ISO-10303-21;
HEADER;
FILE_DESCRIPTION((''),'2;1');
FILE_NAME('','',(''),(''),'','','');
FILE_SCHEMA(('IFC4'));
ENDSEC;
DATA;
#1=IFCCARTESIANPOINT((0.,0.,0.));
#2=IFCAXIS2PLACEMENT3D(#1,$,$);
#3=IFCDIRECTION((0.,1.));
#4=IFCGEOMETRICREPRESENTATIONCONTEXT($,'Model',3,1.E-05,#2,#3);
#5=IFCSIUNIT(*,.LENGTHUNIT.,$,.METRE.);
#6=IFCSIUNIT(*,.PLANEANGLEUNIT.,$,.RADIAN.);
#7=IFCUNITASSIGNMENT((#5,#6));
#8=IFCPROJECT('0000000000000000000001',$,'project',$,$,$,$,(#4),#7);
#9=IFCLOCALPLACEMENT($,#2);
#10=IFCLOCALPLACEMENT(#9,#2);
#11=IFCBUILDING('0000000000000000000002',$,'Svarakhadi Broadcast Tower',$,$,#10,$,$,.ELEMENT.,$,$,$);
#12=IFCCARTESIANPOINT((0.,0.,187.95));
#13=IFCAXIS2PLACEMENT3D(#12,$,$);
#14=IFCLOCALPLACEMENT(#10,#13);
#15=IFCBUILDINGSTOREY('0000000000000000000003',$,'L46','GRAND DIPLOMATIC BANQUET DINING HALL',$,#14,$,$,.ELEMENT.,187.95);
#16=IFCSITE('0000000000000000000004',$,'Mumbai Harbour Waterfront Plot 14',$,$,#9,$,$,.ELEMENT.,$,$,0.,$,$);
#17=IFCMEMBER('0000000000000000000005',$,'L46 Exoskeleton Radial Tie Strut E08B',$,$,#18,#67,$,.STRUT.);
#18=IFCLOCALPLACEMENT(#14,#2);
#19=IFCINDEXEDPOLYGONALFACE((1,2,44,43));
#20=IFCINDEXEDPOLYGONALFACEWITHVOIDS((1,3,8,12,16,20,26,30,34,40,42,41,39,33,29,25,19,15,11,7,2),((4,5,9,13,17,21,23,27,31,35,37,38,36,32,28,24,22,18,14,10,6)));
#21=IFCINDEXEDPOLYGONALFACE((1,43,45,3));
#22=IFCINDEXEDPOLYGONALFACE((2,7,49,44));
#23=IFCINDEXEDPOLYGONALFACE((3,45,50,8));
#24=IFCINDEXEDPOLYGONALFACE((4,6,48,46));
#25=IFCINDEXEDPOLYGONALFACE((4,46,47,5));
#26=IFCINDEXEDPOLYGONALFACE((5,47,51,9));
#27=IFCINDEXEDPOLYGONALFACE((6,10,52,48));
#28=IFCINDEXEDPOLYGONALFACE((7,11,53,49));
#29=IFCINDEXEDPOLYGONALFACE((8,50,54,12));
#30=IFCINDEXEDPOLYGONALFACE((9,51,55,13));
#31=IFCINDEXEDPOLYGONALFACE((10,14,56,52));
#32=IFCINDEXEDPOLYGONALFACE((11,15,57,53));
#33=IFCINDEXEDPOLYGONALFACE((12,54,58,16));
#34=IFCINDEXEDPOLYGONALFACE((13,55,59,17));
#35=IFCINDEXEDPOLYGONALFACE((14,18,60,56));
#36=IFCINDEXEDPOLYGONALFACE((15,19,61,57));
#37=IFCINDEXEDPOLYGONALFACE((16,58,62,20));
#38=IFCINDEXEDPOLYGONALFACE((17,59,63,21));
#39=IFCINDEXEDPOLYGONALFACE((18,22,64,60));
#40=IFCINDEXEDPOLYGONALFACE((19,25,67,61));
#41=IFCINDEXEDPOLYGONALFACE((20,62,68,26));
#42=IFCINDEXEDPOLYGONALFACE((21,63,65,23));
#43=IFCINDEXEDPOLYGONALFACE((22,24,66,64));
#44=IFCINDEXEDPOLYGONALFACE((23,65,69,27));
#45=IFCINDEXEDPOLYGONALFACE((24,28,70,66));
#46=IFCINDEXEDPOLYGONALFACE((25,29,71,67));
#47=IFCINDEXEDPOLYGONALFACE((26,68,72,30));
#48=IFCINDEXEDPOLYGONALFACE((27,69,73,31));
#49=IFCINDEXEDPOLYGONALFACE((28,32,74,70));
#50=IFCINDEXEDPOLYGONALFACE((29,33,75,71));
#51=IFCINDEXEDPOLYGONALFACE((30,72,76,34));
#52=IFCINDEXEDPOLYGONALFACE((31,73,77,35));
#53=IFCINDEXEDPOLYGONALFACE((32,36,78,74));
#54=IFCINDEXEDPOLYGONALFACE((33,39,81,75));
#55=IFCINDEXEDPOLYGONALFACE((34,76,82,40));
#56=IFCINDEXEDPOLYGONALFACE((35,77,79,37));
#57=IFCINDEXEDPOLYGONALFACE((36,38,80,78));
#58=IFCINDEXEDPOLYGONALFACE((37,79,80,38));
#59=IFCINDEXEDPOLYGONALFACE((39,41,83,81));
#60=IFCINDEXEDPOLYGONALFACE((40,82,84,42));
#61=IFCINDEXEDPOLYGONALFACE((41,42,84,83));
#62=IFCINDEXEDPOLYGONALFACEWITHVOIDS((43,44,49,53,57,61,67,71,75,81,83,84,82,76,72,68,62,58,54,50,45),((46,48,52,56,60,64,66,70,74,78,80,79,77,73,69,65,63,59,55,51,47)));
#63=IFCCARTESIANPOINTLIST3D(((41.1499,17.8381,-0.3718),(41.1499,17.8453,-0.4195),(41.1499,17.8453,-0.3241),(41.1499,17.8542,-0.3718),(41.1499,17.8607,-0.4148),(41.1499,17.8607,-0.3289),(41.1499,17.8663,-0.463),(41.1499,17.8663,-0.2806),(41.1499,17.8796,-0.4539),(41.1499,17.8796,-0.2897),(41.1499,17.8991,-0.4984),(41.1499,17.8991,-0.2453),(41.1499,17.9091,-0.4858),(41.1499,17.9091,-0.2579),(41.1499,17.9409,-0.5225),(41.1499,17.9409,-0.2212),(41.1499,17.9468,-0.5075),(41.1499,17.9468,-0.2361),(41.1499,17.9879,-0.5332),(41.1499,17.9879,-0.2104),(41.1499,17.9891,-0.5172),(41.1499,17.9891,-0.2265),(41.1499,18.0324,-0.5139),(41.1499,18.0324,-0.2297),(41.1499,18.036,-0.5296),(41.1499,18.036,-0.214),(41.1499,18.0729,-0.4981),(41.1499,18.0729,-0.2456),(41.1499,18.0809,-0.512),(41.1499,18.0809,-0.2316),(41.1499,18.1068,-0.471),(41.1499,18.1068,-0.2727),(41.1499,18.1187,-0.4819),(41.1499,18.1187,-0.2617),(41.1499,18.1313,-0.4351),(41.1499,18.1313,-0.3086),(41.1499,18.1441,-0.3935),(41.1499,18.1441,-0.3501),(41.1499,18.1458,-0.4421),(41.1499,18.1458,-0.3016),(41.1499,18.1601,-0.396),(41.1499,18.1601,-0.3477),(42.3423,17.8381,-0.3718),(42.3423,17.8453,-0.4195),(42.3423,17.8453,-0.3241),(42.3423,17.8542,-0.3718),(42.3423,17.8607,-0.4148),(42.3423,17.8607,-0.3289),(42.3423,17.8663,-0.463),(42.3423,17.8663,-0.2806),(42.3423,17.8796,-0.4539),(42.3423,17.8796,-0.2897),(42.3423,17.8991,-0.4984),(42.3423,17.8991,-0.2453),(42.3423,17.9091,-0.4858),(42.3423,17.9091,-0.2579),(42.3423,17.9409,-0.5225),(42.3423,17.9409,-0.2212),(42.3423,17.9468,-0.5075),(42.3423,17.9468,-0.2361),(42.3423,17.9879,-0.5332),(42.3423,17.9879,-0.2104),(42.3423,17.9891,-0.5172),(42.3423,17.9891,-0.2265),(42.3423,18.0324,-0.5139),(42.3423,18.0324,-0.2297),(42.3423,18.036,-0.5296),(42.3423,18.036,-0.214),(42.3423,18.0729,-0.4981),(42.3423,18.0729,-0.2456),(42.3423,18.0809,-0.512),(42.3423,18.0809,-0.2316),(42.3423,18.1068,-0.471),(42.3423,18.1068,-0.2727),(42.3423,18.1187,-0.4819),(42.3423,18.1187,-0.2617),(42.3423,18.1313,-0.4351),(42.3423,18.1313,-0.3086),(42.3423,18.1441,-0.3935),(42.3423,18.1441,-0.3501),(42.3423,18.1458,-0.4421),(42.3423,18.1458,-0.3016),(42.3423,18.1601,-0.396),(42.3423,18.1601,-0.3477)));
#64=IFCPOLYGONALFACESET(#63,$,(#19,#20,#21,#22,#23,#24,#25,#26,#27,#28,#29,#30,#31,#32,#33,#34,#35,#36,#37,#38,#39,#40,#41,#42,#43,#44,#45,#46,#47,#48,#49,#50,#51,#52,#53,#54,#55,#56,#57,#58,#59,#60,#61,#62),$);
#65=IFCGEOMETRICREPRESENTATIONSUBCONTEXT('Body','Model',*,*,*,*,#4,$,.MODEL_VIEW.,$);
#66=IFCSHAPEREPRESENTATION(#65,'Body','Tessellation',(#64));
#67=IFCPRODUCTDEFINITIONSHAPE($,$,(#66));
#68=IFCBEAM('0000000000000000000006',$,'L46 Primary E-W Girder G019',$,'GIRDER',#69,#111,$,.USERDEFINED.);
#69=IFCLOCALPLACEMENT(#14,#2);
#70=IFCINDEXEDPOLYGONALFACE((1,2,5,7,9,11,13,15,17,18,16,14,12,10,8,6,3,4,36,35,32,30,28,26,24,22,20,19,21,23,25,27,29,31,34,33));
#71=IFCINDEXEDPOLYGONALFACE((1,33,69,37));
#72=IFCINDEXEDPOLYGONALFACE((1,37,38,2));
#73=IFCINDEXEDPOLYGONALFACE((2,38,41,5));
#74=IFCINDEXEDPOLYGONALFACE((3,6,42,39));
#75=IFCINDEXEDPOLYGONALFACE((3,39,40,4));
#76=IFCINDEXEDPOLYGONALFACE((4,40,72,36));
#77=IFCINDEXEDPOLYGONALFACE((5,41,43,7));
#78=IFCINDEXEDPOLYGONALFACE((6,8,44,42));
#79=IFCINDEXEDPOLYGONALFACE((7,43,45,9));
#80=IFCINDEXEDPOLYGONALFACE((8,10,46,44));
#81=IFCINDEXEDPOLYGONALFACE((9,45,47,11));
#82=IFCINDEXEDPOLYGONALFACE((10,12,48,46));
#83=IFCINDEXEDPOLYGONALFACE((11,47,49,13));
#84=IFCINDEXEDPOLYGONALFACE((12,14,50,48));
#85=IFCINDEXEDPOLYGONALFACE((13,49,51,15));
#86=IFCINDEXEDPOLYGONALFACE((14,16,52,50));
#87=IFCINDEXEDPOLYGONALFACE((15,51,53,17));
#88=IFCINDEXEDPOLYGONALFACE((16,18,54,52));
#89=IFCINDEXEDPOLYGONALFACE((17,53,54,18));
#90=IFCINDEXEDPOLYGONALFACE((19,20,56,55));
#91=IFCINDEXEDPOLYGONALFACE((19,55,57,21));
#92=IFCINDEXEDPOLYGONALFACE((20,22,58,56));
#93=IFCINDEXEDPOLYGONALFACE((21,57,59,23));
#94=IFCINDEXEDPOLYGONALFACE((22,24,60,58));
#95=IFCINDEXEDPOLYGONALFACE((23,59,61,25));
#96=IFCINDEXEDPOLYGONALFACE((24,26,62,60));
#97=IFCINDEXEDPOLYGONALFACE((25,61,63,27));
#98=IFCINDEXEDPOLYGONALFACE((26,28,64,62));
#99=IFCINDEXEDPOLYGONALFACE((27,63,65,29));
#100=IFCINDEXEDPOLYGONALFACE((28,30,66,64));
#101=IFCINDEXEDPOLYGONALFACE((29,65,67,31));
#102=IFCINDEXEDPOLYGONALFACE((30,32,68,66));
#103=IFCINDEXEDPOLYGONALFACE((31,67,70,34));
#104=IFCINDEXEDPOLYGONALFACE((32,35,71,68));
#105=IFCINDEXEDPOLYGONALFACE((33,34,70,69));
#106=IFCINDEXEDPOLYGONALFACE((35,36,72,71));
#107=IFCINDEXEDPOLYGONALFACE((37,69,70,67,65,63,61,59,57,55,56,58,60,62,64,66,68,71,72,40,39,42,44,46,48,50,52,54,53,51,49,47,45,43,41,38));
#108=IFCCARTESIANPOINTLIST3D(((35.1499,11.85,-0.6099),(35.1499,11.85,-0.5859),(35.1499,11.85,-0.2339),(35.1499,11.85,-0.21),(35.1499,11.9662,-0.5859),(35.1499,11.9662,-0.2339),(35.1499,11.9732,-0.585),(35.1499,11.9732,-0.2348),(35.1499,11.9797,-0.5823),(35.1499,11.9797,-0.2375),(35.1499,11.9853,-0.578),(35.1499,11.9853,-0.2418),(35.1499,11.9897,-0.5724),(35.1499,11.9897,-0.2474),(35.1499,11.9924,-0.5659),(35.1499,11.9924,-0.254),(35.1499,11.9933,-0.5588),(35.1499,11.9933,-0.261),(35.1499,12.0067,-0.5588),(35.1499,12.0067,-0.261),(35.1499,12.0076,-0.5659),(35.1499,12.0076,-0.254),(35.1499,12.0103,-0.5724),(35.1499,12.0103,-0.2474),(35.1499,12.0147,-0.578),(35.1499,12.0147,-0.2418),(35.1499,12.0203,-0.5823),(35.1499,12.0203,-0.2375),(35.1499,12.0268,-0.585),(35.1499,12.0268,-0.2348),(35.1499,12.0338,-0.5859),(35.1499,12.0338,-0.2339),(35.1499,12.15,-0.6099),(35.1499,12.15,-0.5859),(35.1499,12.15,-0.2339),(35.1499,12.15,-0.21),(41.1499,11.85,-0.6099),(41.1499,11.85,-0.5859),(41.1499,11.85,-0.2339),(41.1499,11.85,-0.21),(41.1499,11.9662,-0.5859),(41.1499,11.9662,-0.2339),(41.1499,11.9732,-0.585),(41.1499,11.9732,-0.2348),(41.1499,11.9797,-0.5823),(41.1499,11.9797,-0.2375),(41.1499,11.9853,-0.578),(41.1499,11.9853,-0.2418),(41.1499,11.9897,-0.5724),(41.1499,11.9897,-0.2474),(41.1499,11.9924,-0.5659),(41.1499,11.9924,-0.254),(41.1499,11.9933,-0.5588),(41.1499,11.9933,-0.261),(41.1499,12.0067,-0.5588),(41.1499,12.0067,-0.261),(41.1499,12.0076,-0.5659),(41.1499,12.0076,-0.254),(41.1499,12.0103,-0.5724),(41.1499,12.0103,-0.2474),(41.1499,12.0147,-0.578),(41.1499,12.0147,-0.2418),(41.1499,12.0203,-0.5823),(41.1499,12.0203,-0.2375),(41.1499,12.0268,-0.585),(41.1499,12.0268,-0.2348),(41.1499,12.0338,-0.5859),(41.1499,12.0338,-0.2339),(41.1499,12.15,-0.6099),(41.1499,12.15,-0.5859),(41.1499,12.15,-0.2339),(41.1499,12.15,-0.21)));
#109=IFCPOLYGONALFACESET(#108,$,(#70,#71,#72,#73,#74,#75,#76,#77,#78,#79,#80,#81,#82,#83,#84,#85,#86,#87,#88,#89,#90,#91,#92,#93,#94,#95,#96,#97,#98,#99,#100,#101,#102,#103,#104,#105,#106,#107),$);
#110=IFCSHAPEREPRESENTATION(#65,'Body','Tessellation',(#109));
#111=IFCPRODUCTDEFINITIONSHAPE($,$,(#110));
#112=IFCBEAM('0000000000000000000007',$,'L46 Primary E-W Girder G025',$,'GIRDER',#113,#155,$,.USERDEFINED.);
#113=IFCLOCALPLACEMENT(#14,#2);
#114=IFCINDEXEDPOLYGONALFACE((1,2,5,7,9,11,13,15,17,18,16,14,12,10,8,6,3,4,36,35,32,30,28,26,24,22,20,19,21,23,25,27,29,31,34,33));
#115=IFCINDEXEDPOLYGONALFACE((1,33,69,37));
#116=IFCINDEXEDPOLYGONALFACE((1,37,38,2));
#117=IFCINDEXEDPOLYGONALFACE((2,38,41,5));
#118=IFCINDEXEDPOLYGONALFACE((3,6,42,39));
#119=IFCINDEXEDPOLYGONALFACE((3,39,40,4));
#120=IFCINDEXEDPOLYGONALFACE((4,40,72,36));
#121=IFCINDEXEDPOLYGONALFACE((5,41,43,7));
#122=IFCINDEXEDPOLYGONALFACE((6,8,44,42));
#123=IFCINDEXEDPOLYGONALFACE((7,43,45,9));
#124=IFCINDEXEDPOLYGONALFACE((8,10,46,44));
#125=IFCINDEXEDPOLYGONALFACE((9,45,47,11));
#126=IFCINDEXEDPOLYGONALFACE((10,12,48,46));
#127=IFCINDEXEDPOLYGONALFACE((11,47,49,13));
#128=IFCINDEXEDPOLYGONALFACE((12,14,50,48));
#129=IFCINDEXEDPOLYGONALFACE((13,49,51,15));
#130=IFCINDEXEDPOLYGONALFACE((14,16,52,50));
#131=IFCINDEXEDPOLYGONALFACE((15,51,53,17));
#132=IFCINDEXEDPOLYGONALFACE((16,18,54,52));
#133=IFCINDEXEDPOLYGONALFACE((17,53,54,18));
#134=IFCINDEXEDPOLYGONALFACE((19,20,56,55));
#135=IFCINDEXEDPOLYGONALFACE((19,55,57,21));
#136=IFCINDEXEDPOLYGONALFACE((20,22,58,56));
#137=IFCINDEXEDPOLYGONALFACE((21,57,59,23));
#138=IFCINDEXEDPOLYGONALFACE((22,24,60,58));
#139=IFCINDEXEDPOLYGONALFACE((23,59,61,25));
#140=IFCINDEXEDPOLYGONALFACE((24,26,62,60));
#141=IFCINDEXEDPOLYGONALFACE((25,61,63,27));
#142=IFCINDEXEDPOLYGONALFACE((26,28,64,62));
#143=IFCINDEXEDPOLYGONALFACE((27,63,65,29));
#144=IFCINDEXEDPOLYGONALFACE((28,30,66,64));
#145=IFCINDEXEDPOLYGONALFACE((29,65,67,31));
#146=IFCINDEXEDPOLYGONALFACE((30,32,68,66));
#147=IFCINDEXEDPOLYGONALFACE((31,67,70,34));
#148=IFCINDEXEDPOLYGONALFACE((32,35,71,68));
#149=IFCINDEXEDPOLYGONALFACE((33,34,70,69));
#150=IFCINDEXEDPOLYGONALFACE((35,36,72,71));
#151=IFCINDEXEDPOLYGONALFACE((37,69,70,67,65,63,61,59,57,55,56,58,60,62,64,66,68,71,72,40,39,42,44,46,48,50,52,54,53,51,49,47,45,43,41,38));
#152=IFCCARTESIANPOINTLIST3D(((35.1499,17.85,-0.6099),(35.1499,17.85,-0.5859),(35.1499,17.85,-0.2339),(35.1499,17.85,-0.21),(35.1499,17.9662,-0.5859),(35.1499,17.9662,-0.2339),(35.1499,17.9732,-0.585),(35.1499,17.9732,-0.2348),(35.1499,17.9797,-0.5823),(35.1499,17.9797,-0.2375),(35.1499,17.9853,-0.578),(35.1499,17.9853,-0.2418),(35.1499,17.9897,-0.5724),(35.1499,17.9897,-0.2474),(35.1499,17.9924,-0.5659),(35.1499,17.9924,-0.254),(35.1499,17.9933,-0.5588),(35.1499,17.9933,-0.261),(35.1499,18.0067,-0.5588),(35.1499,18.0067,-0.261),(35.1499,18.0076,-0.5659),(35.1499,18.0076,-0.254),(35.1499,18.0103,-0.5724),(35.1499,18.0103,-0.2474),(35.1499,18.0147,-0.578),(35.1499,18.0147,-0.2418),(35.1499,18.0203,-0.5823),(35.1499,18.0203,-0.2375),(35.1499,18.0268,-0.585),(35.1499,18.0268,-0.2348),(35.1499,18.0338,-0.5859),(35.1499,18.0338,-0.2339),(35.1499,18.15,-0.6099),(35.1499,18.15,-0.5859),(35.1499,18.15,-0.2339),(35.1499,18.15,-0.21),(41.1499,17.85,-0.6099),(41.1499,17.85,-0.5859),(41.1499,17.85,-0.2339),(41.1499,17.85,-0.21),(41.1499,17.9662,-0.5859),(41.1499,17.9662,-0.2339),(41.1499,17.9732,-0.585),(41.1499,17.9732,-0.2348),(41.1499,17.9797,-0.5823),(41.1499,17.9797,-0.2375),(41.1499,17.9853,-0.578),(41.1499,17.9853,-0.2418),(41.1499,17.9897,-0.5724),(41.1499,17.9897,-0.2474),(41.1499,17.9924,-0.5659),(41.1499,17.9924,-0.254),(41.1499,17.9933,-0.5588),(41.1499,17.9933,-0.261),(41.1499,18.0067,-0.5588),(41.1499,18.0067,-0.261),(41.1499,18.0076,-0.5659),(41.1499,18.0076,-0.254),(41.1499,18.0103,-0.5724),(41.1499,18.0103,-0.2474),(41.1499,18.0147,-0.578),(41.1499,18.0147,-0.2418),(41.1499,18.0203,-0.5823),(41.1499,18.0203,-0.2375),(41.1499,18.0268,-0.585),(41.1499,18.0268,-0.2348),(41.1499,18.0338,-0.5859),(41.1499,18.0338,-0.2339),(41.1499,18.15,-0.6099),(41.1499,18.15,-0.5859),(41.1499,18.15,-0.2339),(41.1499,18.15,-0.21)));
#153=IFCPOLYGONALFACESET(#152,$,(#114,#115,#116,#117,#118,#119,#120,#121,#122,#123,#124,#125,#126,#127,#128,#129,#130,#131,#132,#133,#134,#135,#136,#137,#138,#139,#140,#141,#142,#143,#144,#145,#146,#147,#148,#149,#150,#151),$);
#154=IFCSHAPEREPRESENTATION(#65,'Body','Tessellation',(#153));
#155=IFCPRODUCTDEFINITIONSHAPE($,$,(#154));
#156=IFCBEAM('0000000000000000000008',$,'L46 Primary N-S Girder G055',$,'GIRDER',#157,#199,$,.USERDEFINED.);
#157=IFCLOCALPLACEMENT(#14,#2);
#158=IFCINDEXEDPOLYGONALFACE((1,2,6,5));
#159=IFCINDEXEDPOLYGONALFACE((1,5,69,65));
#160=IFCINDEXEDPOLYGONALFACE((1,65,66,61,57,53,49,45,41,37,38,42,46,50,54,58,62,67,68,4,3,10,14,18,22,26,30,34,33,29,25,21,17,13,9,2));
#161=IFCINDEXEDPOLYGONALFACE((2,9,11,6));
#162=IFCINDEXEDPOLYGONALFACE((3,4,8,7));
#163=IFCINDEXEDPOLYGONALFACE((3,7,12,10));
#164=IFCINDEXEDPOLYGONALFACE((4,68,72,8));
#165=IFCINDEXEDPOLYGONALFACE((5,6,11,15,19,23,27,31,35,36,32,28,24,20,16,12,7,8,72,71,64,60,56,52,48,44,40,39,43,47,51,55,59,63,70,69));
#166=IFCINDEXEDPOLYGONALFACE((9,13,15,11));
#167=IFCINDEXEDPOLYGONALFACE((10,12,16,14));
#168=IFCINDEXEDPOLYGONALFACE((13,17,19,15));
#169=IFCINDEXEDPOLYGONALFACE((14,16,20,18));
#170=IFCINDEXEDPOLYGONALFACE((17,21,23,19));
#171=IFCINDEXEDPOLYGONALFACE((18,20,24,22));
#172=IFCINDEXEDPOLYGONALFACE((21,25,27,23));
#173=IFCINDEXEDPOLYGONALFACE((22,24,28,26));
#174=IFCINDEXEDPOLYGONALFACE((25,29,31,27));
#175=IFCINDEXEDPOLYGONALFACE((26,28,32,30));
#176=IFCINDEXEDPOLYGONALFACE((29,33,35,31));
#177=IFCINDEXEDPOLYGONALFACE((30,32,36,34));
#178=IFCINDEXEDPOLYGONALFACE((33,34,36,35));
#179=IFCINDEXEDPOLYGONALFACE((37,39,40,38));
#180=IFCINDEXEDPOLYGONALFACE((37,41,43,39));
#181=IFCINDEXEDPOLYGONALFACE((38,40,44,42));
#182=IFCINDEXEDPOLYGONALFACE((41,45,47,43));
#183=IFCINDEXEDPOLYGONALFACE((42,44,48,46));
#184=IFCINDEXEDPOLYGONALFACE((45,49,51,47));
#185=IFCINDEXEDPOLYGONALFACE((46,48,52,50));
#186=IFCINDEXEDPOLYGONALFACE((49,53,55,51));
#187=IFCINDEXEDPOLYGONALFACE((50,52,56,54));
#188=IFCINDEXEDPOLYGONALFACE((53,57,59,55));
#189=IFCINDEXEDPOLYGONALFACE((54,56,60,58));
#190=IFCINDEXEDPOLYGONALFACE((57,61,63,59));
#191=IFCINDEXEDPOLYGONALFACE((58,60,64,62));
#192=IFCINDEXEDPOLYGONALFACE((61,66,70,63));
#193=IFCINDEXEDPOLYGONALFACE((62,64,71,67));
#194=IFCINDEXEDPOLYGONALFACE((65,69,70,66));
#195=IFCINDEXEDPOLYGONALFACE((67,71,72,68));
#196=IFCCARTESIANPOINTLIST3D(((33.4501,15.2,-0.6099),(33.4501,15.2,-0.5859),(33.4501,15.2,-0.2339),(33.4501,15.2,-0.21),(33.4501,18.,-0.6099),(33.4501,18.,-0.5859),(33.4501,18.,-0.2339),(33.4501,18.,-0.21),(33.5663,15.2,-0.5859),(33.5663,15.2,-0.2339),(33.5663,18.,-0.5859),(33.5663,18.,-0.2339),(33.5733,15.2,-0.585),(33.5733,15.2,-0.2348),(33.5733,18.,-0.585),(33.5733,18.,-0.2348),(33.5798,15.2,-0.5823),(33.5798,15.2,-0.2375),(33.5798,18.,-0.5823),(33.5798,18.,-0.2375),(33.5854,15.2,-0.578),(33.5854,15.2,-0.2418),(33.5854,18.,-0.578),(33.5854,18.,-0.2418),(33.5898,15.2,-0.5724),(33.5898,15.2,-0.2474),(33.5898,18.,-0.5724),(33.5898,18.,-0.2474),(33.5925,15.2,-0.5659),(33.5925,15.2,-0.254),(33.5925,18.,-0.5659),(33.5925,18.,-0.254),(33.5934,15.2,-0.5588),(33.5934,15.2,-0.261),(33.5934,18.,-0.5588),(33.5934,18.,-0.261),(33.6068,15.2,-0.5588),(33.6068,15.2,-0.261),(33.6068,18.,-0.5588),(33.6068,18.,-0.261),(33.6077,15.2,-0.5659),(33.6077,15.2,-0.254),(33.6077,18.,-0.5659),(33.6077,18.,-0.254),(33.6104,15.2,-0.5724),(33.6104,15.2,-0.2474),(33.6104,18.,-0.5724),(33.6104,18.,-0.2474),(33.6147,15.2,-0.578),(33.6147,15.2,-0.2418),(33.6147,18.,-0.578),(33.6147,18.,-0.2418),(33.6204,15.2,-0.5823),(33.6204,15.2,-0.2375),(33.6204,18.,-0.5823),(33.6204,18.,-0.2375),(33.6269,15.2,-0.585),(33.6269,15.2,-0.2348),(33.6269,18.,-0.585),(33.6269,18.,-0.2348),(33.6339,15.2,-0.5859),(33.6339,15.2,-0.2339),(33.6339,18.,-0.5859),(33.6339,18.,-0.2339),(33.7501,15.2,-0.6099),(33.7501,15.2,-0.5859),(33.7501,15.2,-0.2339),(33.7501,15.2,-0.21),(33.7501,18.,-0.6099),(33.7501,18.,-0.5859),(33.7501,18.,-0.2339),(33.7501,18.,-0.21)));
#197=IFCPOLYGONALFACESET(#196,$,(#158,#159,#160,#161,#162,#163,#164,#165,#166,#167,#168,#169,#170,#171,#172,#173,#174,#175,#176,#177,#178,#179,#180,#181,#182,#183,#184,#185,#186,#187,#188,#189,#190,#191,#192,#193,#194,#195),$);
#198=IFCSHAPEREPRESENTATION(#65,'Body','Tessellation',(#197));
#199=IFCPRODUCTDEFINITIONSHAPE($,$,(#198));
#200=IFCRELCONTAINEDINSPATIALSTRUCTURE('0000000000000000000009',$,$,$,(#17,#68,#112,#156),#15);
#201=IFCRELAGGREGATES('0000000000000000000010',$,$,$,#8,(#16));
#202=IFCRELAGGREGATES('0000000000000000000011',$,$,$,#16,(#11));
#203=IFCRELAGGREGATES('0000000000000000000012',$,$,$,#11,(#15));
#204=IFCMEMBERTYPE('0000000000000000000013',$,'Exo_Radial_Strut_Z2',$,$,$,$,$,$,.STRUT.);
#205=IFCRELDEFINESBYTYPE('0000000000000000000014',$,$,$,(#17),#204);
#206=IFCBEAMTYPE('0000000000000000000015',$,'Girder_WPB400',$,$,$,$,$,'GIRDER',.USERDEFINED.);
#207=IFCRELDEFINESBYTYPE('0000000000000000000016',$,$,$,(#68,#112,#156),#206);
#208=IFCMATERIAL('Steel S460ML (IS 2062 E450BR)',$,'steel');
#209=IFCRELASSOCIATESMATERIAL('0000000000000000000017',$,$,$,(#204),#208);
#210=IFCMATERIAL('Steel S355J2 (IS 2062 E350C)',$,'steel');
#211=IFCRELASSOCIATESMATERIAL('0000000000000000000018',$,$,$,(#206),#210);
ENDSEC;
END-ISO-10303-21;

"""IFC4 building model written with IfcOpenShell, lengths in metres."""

from ifc_helpers import new_model, si_unit, direction, frame, origin, origin_2d, place, context, subcontext, project, spatial, hollow_circle, i_section, extrude, material, material_profile, profile_set, type_object, element, save


model = new_model("IFC4")

# Units and contexts
model_context = context("Model", 3, precision=1e-05, world=origin(), true_north=direction((0.0, 1.0)))
body_context = subcontext(model_context, "Body", "Model", "MODEL_VIEW")
ifc_project = project(units=[si_unit("LENGTHUNIT", "METRE"), si_unit("PLANEANGLEUNIT", "RADIAN")], contexts=[model_context])

# Site, building, storey
site_placement = place(None, origin())
site = spatial("IfcSite", under=ifc_project, at=site_placement, Name="Mumbai Harbour Waterfront Plot 14", CompositionType="ELEMENT", RefElevation=0.0)
building_placement = place(site_placement, origin())
building = spatial("IfcBuilding", under=site, at=building_placement, Name="Svarakhadi Broadcast Tower", CompositionType="ELEMENT")
storey_placement = place(building_placement, frame((0.0, 0.0, 187.95)))
storey = spatial("IfcBuildingStorey", under=building, at=storey_placement, Name="L46", Description="GRAND DIPLOMATIC BANQUET DINING HALL", CompositionType="ELEMENT", Elevation=187.95)

# Shared definitions
ifc_material_1 = material(Name="Steel S460ML (IS 2062 E450BR)", Category="steel")

# Shared definitions
ifc_material_2 = material(Name="Steel S355J2 (IS 2062 E350C)", Category="steel")

# Member
ifc_material_profile_1 = material_profile(ifc_material_1, hollow_circle(Radius=0.1619, WallThickness=0.0161, at=origin_2d()), Name="CHS 323.9x16")
ifc_profile_set_1 = profile_set([ifc_material_profile_1], Name="Steel S460ML (IS 2062 E450BR)")
member_type_1 = type_object("IfcMemberType", Name="Exo_Radial_Strut_Z2", PredefinedType="STRUT", material=ifc_profile_set_1)
member_1_placement = place(storey_placement, frame((42.3423, 18.0, -0.3718), z_axis=(-1.0, 0.0, 0.0), x_axis=(0.0, -1.0, 0.0)))
element("IfcMember", 1, at=member_1_placement, inside=storey, type_object=member_type_1, Name="L46 Exoskeleton Radial Tie Strut E08B", PredefinedType="STRUT", context=body_context, shape_type="SweptSolid", body=[
    extrude(hollow_circle(Radius=0.1619, WallThickness=0.0161, at=origin_2d()), origin(), (0.0, 0.0, 1.0), 1.1924),
])

# Beams
ifc_material_profile_2 = material_profile(ifc_material_2, i_section(OverallWidth=0.3, OverallDepth=0.3999, WebThickness=0.0134, FlangeThickness=0.0239, FilletRadius=0.0271, at=origin_2d()), Name="WPB 400x300x155")
ifc_profile_set_2 = profile_set([ifc_material_profile_2], Name="Steel S355J2 (IS 2062 E350C)")
beam_type_1 = type_object("IfcBeamType", Name="Girder_WPB400", ElementType="GIRDER", PredefinedType="USERDEFINED", material=ifc_profile_set_2)
for number, where, z_axis, x_axis, name in (
    (2, (35.1499, 12.0, -0.4099), (1.0, 0.0, 0.0), (0.0, 1.0, 0.0), "L46 Primary E-W Girder G019"),
    (3, (35.1499, 18.0, -0.4099), (1.0, 0.0, 0.0), (0.0, 1.0, 0.0), "L46 Primary E-W Girder G025"),
):
    element("IfcBeam", number, at=place(storey_placement, frame(where, z_axis=z_axis, x_axis=x_axis)), inside=storey, type_object=beam_type_1, Name=name, ObjectType="GIRDER", PredefinedType="USERDEFINED", context=body_context, shape_type="SweptSolid", body=[
        extrude(i_section(OverallWidth=0.3, OverallDepth=0.3999, WebThickness=0.0134, FlangeThickness=0.0239, FilletRadius=0.0271, at=origin_2d()), origin(), (0.0, 0.0, 1.0), 6.0),
    ])
beam_1_placement = place(storey_placement, frame((33.6001, 15.2, -0.4099), z_axis=(0.0, 1.0, 0.0), x_axis=(-1.0, 0.0, 0.0)))
element("IfcBeam", 4, at=beam_1_placement, inside=storey, type_object=beam_type_1, Name="L46 Primary N-S Girder G055", ObjectType="GIRDER", PredefinedType="USERDEFINED", context=body_context, shape_type="SweptSolid", body=[
    extrude(i_section(OverallWidth=0.3, OverallDepth=0.3999, WebThickness=0.0134, FlangeThickness=0.0239, FilletRadius=0.0271, at=origin_2d()), origin(), (0.0, 0.0, 1.0), 2.8),
])

save(model, "model.ifc")
